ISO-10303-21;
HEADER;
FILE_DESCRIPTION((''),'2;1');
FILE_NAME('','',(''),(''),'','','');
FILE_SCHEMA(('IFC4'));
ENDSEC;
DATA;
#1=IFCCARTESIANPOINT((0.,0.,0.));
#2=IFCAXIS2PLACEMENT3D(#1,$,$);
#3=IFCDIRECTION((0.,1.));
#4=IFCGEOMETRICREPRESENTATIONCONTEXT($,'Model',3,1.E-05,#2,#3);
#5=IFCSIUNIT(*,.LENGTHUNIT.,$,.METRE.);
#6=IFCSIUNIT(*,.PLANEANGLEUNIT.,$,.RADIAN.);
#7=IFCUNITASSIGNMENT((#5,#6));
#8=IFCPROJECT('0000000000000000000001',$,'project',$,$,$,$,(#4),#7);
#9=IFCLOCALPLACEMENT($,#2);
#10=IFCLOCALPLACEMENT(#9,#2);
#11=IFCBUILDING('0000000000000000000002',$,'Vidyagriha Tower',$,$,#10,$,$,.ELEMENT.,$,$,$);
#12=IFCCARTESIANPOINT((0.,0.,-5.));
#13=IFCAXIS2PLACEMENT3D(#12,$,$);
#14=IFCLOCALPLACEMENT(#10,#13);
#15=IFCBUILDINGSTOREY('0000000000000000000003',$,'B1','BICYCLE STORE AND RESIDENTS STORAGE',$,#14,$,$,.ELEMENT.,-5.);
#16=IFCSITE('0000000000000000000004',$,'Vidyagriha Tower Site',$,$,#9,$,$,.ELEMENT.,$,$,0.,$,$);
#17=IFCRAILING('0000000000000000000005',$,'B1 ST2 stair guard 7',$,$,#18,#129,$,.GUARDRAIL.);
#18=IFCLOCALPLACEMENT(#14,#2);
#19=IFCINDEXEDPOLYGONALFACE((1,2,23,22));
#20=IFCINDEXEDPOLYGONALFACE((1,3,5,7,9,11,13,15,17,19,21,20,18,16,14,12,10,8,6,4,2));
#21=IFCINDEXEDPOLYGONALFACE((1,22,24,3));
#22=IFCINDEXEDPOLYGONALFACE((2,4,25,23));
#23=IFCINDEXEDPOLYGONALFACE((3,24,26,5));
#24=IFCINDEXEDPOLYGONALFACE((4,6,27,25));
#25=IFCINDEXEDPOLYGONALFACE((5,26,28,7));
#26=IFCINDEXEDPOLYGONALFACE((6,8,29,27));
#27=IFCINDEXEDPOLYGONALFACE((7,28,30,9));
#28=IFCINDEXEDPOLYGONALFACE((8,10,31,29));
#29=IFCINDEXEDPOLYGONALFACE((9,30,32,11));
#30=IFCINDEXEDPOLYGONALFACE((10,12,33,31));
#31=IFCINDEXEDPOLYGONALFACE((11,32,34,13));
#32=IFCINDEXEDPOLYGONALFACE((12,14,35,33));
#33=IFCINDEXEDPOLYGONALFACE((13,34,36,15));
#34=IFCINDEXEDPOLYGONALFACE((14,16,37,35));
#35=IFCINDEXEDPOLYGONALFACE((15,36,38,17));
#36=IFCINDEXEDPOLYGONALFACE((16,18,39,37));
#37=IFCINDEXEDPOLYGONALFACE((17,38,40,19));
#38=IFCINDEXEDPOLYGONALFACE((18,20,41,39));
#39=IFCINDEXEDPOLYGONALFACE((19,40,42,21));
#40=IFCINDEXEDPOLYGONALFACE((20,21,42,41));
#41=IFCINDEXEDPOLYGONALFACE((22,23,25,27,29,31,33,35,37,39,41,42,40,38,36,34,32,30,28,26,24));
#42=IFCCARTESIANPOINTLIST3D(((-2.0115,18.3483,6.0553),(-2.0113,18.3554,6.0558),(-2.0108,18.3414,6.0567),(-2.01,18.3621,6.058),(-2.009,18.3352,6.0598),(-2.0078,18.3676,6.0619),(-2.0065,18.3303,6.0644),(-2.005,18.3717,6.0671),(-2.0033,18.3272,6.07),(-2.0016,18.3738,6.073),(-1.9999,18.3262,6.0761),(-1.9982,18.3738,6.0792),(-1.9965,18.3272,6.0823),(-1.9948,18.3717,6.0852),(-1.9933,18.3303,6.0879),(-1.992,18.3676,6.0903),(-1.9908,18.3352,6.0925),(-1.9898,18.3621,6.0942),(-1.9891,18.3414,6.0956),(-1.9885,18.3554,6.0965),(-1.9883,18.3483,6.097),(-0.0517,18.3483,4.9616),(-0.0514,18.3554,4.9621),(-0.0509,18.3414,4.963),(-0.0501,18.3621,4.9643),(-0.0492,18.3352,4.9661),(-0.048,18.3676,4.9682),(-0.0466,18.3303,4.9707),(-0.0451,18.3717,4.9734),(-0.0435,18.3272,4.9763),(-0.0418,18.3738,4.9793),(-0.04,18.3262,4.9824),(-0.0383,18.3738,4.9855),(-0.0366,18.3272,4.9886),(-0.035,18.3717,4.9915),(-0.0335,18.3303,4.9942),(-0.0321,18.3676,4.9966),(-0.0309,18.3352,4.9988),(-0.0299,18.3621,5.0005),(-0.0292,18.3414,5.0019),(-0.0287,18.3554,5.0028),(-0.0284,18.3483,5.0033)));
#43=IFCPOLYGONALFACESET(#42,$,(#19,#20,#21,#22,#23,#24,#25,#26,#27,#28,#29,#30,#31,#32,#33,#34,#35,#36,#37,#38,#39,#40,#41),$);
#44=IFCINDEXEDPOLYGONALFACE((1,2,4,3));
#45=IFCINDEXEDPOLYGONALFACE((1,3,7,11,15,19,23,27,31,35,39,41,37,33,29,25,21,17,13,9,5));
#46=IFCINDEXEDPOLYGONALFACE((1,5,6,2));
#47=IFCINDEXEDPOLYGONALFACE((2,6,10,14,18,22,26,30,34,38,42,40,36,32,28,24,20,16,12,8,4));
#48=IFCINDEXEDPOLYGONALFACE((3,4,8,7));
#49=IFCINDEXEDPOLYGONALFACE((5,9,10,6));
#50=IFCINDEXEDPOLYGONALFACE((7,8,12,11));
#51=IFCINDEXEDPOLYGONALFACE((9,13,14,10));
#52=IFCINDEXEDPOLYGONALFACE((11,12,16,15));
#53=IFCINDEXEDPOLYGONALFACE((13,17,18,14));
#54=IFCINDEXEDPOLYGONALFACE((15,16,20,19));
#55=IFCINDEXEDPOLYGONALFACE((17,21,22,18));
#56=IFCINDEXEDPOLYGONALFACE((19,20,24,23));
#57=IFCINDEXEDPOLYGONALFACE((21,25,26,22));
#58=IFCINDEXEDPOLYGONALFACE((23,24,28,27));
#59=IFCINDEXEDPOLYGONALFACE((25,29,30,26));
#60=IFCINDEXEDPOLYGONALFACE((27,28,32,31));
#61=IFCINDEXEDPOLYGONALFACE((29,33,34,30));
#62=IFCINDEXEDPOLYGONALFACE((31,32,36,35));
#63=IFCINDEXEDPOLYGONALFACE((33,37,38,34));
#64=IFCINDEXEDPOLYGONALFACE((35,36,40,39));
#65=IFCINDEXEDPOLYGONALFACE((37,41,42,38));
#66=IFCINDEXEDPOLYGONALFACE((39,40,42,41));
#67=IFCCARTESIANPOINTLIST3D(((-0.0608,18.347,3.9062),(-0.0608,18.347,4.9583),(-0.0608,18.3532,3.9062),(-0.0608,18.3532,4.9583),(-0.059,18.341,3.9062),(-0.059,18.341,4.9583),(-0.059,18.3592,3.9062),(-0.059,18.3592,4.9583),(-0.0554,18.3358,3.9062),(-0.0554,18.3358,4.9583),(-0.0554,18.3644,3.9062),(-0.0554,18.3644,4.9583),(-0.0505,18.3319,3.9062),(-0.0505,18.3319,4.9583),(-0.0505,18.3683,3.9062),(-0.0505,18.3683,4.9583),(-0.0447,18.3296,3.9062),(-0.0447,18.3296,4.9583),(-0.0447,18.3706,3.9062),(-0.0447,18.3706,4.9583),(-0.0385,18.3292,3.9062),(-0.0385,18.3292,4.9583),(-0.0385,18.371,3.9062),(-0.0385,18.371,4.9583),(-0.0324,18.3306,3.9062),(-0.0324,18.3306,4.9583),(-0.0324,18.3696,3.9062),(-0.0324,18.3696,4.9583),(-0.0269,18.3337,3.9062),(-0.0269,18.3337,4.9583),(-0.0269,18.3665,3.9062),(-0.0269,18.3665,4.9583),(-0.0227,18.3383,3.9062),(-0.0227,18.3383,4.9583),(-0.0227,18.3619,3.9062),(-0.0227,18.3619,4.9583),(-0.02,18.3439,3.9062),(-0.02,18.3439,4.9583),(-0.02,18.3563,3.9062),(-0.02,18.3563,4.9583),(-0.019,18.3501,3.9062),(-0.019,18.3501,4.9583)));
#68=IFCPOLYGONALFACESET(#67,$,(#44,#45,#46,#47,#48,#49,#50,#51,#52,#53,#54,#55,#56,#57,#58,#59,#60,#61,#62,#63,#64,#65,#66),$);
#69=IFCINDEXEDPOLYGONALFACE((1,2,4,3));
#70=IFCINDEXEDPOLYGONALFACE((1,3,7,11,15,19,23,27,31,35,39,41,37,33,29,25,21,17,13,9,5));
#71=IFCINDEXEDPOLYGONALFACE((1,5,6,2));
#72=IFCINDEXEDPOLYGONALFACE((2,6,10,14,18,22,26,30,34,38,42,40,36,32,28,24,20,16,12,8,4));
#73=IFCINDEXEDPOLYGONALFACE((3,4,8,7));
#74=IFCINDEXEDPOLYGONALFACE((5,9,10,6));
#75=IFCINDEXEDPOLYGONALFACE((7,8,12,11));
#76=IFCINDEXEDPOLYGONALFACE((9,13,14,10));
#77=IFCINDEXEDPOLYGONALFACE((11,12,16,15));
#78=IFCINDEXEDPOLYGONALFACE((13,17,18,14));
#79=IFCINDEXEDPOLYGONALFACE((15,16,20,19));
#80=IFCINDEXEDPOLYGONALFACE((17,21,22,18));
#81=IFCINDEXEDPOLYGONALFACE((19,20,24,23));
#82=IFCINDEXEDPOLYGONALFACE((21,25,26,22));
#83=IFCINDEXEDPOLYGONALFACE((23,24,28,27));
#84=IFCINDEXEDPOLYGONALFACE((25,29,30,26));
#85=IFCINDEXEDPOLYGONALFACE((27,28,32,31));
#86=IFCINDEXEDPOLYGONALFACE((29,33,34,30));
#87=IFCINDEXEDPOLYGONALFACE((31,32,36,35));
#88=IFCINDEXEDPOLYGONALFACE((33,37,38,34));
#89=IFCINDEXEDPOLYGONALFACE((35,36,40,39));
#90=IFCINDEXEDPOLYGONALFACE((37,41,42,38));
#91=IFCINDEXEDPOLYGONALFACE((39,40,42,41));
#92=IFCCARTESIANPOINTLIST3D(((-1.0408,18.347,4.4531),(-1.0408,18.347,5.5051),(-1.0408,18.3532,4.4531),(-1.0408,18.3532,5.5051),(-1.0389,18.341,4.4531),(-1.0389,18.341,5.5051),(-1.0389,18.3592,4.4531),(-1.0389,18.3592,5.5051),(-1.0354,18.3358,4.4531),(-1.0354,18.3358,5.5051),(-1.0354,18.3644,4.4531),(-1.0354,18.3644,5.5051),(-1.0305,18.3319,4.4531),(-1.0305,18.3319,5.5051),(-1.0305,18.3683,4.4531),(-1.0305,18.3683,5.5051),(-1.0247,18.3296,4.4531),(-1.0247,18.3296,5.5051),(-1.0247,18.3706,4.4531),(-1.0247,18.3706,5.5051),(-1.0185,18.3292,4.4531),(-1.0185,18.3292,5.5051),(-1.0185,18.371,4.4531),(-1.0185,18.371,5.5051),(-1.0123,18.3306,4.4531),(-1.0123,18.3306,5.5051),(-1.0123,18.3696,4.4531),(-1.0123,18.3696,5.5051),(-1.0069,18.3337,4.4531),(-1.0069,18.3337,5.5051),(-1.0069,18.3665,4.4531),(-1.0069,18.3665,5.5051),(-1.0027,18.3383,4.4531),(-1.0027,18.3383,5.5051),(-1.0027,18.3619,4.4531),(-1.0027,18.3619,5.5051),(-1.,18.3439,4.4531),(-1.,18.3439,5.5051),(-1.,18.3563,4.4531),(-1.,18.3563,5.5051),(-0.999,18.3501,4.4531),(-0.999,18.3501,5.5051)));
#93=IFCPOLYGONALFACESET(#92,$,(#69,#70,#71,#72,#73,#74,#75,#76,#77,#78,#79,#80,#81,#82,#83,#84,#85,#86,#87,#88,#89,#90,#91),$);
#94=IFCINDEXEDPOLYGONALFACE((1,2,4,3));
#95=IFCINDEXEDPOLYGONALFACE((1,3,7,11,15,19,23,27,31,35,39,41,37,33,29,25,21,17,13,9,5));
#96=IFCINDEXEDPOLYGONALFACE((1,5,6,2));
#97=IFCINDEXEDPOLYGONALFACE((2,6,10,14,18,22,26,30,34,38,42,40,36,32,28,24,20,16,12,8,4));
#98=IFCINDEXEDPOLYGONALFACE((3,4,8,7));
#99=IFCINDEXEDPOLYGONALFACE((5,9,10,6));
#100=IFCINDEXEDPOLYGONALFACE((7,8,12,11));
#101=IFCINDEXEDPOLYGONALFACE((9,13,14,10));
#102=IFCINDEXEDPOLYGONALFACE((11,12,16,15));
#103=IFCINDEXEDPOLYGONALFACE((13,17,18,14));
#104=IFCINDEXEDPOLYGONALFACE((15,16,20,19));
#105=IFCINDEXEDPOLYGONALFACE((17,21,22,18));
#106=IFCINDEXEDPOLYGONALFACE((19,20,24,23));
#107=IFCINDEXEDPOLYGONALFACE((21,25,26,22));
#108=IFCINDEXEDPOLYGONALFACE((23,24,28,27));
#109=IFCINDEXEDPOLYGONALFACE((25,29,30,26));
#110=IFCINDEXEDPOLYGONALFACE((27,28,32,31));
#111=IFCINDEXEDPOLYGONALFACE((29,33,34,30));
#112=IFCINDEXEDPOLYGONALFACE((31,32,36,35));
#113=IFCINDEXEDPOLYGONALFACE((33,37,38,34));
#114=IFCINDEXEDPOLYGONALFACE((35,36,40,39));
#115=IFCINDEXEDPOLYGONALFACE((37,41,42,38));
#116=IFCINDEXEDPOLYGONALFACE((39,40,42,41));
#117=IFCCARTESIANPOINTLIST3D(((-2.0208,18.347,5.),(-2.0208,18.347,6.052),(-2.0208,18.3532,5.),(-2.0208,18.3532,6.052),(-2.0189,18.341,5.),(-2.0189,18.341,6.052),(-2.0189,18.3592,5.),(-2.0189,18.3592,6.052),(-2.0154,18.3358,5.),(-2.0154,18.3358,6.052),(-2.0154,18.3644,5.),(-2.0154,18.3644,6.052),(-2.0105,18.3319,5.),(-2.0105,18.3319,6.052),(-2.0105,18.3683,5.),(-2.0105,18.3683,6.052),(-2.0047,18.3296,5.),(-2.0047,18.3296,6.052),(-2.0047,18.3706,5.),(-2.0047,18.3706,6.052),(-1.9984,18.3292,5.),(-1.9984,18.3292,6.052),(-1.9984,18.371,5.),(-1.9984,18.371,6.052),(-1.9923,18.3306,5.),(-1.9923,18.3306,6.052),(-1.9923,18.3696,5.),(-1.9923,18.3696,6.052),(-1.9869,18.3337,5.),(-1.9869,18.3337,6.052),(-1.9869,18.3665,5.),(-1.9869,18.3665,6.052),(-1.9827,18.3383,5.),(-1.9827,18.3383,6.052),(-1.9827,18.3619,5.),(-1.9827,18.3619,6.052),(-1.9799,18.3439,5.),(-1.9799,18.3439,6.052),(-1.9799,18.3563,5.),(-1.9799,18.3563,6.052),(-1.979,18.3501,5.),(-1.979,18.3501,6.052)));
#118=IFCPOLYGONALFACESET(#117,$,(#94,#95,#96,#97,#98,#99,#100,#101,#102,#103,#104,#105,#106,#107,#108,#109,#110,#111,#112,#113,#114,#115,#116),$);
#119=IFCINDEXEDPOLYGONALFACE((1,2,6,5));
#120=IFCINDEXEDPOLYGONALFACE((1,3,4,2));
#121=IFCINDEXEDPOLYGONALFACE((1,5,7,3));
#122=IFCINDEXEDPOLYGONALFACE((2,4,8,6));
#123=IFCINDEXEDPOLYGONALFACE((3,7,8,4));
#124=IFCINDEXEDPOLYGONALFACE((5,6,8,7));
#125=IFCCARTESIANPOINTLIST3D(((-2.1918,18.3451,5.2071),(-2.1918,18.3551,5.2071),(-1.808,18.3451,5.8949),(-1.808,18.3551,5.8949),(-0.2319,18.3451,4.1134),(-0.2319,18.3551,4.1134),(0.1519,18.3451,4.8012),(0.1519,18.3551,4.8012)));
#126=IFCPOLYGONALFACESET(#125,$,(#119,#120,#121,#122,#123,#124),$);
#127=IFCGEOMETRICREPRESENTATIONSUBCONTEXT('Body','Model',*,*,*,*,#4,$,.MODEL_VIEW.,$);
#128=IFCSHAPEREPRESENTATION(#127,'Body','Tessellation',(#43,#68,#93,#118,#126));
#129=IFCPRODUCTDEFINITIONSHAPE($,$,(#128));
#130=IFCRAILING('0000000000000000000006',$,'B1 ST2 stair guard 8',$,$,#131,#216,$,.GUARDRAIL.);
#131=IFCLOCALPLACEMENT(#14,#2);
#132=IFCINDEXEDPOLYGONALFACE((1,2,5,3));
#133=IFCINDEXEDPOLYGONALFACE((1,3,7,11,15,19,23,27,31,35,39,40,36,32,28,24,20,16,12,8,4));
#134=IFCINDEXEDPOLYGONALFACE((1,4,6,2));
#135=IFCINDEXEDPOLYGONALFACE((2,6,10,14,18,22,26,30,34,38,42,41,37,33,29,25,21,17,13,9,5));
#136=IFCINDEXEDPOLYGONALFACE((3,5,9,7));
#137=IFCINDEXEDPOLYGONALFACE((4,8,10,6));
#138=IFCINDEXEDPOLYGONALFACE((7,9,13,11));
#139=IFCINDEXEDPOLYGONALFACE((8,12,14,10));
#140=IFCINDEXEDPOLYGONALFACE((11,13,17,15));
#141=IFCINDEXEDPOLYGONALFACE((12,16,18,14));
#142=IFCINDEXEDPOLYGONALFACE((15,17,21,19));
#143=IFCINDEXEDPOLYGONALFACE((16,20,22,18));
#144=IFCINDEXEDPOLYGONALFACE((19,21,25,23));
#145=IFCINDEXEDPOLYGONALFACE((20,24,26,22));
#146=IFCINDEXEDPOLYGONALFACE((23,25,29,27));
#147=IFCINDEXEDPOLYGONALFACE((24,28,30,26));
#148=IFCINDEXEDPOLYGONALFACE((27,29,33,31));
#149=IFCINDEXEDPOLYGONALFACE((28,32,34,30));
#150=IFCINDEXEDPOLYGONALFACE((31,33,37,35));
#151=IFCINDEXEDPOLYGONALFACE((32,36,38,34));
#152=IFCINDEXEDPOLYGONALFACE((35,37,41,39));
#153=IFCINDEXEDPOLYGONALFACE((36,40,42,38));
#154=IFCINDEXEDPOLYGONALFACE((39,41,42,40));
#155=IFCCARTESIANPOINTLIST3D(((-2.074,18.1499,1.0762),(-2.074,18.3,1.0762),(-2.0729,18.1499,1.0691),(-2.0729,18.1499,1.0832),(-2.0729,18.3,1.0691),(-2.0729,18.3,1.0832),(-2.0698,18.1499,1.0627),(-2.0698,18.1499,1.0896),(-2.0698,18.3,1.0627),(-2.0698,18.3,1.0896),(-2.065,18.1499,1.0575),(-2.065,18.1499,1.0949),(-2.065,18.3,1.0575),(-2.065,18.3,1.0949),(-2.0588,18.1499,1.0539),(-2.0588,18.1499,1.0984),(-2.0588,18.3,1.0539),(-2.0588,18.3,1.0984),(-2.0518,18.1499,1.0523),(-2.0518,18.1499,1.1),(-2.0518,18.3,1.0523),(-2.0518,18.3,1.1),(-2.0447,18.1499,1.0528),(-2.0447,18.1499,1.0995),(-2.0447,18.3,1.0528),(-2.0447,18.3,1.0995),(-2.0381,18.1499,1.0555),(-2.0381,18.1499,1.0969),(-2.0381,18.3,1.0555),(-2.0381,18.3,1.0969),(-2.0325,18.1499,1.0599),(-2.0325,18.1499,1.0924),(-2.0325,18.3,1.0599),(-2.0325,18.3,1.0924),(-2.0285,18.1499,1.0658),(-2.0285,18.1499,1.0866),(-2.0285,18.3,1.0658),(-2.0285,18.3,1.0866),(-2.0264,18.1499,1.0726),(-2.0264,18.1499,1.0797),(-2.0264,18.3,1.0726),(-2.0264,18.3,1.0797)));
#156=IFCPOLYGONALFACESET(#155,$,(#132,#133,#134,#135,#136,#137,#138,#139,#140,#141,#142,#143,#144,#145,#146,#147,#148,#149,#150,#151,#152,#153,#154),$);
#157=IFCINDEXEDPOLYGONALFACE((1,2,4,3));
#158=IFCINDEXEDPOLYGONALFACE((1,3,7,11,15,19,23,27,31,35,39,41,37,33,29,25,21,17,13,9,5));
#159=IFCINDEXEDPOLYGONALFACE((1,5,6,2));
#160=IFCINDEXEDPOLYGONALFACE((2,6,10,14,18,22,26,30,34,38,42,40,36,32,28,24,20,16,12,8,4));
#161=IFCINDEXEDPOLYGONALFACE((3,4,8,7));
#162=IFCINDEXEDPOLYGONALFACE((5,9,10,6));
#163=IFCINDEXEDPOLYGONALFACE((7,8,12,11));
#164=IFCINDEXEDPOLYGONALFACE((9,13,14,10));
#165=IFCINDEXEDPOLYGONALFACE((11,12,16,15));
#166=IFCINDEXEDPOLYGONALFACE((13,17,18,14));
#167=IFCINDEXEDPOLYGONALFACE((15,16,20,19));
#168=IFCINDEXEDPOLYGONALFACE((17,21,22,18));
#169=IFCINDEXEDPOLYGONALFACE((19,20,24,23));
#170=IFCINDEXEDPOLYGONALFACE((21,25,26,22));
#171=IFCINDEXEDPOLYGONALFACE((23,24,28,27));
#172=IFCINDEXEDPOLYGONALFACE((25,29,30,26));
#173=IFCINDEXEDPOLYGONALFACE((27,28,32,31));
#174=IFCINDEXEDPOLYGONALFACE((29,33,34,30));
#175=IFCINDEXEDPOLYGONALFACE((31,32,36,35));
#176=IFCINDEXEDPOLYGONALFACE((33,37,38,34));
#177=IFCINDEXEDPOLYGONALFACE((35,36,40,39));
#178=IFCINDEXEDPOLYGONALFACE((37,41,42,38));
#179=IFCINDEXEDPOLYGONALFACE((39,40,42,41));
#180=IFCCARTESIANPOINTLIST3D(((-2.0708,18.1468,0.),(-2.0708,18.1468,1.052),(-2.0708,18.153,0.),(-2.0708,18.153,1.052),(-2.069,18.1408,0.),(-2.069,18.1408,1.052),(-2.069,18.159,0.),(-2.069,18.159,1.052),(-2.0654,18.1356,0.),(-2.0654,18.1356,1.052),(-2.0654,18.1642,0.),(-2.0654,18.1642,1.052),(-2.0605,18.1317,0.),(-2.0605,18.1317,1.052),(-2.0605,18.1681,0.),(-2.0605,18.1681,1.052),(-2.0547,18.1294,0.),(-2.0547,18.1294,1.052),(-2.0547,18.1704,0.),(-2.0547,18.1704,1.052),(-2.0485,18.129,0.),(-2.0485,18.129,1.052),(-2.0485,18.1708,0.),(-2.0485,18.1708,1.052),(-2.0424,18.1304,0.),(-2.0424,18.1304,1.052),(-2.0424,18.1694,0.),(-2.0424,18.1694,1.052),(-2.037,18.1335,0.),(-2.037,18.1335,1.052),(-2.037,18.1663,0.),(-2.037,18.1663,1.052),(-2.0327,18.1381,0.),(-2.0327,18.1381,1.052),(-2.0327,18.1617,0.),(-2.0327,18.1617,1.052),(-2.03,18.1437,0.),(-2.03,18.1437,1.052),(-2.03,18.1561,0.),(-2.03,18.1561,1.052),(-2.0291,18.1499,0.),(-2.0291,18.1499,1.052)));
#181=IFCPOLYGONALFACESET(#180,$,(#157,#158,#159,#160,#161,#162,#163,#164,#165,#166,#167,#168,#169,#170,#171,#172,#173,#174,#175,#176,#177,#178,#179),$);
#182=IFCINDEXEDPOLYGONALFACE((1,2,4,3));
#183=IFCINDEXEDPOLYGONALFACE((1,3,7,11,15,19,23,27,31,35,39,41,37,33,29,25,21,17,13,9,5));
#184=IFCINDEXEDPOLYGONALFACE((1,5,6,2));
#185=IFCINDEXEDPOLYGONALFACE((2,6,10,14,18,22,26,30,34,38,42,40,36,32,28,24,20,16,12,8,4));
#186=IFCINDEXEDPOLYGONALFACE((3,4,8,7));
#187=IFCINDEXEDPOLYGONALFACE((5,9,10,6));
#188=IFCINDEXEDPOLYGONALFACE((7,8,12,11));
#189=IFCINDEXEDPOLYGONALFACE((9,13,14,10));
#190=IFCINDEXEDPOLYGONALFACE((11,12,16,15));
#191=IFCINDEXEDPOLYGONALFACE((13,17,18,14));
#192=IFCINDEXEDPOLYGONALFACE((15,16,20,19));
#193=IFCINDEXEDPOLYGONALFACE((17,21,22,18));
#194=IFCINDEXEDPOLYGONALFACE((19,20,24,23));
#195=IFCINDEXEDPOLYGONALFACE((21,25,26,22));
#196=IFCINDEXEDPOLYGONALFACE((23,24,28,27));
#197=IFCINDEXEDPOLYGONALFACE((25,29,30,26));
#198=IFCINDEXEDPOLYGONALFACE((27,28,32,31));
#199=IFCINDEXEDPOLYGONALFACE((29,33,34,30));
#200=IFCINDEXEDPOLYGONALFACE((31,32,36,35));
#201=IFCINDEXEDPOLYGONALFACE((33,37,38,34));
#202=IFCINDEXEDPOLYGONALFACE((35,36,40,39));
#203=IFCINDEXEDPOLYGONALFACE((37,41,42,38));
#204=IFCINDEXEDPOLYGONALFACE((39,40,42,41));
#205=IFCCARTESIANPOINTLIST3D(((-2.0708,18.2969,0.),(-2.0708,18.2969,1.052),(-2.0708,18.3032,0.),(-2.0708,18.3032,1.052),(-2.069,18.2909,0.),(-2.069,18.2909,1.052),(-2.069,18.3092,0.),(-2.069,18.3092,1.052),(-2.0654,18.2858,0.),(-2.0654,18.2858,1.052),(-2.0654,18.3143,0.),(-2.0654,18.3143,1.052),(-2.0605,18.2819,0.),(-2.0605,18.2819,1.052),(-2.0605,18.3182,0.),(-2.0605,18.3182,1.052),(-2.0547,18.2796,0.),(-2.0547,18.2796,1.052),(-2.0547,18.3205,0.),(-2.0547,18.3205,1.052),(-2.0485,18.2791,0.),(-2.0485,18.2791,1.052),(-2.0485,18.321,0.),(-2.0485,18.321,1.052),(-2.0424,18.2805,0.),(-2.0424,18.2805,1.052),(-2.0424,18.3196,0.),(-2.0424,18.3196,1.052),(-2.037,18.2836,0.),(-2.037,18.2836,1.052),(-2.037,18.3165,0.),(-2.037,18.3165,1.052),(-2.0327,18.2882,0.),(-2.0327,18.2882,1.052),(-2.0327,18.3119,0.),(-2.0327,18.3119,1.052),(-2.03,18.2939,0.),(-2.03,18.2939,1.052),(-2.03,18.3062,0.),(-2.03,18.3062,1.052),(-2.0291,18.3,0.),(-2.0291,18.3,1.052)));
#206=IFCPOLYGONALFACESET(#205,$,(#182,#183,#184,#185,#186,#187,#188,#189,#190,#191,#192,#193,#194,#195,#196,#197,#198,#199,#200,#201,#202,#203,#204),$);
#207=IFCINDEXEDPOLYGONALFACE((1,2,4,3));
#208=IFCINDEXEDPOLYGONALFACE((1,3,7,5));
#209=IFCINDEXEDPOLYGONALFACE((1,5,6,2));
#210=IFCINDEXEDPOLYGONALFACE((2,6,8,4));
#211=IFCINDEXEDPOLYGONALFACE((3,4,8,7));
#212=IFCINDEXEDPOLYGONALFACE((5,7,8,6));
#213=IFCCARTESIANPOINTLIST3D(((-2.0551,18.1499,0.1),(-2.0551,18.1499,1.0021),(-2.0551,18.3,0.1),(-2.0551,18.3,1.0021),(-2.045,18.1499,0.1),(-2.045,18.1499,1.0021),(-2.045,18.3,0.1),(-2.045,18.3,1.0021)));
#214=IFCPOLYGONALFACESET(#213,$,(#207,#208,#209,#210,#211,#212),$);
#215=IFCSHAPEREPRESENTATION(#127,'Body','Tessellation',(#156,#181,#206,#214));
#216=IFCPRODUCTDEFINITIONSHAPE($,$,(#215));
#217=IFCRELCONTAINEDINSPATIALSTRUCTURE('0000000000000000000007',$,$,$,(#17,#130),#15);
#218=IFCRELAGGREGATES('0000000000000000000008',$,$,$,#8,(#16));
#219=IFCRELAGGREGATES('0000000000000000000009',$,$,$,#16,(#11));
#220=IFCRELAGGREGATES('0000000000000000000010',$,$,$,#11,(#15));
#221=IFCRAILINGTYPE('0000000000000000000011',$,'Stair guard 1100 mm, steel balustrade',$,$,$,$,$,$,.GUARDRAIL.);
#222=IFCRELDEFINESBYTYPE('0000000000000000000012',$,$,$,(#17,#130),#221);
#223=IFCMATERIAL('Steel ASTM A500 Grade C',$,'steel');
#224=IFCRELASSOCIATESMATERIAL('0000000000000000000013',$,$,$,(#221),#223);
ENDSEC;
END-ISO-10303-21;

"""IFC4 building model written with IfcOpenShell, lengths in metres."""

from ifc_helpers import new_model, si_unit, direction, frame, origin, origin_2d, place, context, subcontext, project, spatial, rectangle, circle, extrude, material, type_object, element, save


model = new_model("IFC4")

# Units and contexts
model_context = context("Model", 3, precision=1e-05, world=origin(), true_north=direction((0.0, 1.0)))
body_context = subcontext(model_context, "Body", "Model", "MODEL_VIEW")
ifc_project = project(units=[si_unit("LENGTHUNIT", "METRE"), si_unit("PLANEANGLEUNIT", "RADIAN")], contexts=[model_context])

# Site, building, storey
site_placement = place(None, origin())
site = spatial("IfcSite", under=ifc_project, at=site_placement, Name="Vidyagriha Tower Site", CompositionType="ELEMENT", RefElevation=0.0)
building_placement = place(site_placement, origin())
building = spatial("IfcBuilding", under=site, at=building_placement, Name="Vidyagriha Tower", CompositionType="ELEMENT")
storey_placement = place(building_placement, frame((0.0, 0.0, -5.0)))
storey = spatial("IfcBuildingStorey", under=building, at=storey_placement, Name="B1", Description="BICYCLE STORE AND RESIDENTS STORAGE", CompositionType="ELEMENT", Elevation=-5.0)

# Railings
ifc_material_1 = material(Name="Steel ASTM A500 Grade C", Category="steel")
railing_type_1 = type_object("IfcRailingType", Name="Stair guard 1100 mm, steel balustrade", PredefinedType="GUARDRAIL", material=ifc_material_1)
railing_1_placement = place(storey_placement, frame((-0.04, 18.3501, 3.9062)))
element("IfcRailing", 1, at=railing_1_placement, inside=storey, type_object=railing_type_1, Name="B1 ST2 stair guard 7", PredefinedType="GUARDRAIL", context=body_context, shape_type="SweptSolid", body=[
    extrude(circle(Radius=0.0239, at=origin_2d()), frame((0.0, 0.0, 1.0762), z_axis=(-0.873232, 0.0, 0.487304), x_axis=(0.0, -1.0, 0.0)), (0.0, 0.0, 1.0), 2.2444),
    extrude(circle(Radius=0.021, at=origin_2d()), origin(), (0.0, 0.0, 1.0), 1.052),
    extrude(circle(Radius=0.021, at=origin_2d()), frame((-0.98, 0.0, 0.5469)), (0.0, 0.0, 1.0), 1.052),
    extrude(circle(Radius=0.021, at=origin_2d()), frame((-1.96, 0.0, 1.0938)), (0.0, 0.0, 1.0), 1.052),
    extrude(rectangle(XDim=0.01, YDim=0.7876, at=origin_2d()), frame((0.0, 0.0, 0.551), z_axis=(-0.873232, 0.0, 0.487304), x_axis=(0.0, -1.0, 0.0)), (0.0, 0.0, 1.0), 2.2444),
])
railing_2_placement = place(storey_placement, frame((-2.05, 18.1499, 0.0)))
element("IfcRailing", 2, at=railing_2_placement, inside=storey, type_object=railing_type_1, Name="B1 ST2 stair guard 8", PredefinedType="GUARDRAIL", context=body_context, shape_type="SweptSolid", body=[
    extrude(circle(Radius=0.0239, at=origin_2d()), frame((0.0, 0.0, 1.0762), z_axis=(0.0, 1.0, 0.0), x_axis=(-1.0, 0.0, 0.0)), (0.0, 0.0, 1.0), 0.1501),
    extrude(circle(Radius=0.021, at=origin_2d()), origin(), (0.0, 0.0, 1.0), 1.052),
    extrude(circle(Radius=0.021, at=origin_2d()), frame((0.0, 0.1501, 0.0)), (0.0, 0.0, 1.0), 1.052),
    extrude(rectangle(XDim=0.01, YDim=0.9021, at=origin_2d()), frame((0.0, 0.0, 0.551), z_axis=(0.0, 1.0, 0.0), x_axis=(-1.0, 0.0, 0.0)), (0.0, 0.0, 1.0), 0.1501),
])

save(model, "model.ifc")
